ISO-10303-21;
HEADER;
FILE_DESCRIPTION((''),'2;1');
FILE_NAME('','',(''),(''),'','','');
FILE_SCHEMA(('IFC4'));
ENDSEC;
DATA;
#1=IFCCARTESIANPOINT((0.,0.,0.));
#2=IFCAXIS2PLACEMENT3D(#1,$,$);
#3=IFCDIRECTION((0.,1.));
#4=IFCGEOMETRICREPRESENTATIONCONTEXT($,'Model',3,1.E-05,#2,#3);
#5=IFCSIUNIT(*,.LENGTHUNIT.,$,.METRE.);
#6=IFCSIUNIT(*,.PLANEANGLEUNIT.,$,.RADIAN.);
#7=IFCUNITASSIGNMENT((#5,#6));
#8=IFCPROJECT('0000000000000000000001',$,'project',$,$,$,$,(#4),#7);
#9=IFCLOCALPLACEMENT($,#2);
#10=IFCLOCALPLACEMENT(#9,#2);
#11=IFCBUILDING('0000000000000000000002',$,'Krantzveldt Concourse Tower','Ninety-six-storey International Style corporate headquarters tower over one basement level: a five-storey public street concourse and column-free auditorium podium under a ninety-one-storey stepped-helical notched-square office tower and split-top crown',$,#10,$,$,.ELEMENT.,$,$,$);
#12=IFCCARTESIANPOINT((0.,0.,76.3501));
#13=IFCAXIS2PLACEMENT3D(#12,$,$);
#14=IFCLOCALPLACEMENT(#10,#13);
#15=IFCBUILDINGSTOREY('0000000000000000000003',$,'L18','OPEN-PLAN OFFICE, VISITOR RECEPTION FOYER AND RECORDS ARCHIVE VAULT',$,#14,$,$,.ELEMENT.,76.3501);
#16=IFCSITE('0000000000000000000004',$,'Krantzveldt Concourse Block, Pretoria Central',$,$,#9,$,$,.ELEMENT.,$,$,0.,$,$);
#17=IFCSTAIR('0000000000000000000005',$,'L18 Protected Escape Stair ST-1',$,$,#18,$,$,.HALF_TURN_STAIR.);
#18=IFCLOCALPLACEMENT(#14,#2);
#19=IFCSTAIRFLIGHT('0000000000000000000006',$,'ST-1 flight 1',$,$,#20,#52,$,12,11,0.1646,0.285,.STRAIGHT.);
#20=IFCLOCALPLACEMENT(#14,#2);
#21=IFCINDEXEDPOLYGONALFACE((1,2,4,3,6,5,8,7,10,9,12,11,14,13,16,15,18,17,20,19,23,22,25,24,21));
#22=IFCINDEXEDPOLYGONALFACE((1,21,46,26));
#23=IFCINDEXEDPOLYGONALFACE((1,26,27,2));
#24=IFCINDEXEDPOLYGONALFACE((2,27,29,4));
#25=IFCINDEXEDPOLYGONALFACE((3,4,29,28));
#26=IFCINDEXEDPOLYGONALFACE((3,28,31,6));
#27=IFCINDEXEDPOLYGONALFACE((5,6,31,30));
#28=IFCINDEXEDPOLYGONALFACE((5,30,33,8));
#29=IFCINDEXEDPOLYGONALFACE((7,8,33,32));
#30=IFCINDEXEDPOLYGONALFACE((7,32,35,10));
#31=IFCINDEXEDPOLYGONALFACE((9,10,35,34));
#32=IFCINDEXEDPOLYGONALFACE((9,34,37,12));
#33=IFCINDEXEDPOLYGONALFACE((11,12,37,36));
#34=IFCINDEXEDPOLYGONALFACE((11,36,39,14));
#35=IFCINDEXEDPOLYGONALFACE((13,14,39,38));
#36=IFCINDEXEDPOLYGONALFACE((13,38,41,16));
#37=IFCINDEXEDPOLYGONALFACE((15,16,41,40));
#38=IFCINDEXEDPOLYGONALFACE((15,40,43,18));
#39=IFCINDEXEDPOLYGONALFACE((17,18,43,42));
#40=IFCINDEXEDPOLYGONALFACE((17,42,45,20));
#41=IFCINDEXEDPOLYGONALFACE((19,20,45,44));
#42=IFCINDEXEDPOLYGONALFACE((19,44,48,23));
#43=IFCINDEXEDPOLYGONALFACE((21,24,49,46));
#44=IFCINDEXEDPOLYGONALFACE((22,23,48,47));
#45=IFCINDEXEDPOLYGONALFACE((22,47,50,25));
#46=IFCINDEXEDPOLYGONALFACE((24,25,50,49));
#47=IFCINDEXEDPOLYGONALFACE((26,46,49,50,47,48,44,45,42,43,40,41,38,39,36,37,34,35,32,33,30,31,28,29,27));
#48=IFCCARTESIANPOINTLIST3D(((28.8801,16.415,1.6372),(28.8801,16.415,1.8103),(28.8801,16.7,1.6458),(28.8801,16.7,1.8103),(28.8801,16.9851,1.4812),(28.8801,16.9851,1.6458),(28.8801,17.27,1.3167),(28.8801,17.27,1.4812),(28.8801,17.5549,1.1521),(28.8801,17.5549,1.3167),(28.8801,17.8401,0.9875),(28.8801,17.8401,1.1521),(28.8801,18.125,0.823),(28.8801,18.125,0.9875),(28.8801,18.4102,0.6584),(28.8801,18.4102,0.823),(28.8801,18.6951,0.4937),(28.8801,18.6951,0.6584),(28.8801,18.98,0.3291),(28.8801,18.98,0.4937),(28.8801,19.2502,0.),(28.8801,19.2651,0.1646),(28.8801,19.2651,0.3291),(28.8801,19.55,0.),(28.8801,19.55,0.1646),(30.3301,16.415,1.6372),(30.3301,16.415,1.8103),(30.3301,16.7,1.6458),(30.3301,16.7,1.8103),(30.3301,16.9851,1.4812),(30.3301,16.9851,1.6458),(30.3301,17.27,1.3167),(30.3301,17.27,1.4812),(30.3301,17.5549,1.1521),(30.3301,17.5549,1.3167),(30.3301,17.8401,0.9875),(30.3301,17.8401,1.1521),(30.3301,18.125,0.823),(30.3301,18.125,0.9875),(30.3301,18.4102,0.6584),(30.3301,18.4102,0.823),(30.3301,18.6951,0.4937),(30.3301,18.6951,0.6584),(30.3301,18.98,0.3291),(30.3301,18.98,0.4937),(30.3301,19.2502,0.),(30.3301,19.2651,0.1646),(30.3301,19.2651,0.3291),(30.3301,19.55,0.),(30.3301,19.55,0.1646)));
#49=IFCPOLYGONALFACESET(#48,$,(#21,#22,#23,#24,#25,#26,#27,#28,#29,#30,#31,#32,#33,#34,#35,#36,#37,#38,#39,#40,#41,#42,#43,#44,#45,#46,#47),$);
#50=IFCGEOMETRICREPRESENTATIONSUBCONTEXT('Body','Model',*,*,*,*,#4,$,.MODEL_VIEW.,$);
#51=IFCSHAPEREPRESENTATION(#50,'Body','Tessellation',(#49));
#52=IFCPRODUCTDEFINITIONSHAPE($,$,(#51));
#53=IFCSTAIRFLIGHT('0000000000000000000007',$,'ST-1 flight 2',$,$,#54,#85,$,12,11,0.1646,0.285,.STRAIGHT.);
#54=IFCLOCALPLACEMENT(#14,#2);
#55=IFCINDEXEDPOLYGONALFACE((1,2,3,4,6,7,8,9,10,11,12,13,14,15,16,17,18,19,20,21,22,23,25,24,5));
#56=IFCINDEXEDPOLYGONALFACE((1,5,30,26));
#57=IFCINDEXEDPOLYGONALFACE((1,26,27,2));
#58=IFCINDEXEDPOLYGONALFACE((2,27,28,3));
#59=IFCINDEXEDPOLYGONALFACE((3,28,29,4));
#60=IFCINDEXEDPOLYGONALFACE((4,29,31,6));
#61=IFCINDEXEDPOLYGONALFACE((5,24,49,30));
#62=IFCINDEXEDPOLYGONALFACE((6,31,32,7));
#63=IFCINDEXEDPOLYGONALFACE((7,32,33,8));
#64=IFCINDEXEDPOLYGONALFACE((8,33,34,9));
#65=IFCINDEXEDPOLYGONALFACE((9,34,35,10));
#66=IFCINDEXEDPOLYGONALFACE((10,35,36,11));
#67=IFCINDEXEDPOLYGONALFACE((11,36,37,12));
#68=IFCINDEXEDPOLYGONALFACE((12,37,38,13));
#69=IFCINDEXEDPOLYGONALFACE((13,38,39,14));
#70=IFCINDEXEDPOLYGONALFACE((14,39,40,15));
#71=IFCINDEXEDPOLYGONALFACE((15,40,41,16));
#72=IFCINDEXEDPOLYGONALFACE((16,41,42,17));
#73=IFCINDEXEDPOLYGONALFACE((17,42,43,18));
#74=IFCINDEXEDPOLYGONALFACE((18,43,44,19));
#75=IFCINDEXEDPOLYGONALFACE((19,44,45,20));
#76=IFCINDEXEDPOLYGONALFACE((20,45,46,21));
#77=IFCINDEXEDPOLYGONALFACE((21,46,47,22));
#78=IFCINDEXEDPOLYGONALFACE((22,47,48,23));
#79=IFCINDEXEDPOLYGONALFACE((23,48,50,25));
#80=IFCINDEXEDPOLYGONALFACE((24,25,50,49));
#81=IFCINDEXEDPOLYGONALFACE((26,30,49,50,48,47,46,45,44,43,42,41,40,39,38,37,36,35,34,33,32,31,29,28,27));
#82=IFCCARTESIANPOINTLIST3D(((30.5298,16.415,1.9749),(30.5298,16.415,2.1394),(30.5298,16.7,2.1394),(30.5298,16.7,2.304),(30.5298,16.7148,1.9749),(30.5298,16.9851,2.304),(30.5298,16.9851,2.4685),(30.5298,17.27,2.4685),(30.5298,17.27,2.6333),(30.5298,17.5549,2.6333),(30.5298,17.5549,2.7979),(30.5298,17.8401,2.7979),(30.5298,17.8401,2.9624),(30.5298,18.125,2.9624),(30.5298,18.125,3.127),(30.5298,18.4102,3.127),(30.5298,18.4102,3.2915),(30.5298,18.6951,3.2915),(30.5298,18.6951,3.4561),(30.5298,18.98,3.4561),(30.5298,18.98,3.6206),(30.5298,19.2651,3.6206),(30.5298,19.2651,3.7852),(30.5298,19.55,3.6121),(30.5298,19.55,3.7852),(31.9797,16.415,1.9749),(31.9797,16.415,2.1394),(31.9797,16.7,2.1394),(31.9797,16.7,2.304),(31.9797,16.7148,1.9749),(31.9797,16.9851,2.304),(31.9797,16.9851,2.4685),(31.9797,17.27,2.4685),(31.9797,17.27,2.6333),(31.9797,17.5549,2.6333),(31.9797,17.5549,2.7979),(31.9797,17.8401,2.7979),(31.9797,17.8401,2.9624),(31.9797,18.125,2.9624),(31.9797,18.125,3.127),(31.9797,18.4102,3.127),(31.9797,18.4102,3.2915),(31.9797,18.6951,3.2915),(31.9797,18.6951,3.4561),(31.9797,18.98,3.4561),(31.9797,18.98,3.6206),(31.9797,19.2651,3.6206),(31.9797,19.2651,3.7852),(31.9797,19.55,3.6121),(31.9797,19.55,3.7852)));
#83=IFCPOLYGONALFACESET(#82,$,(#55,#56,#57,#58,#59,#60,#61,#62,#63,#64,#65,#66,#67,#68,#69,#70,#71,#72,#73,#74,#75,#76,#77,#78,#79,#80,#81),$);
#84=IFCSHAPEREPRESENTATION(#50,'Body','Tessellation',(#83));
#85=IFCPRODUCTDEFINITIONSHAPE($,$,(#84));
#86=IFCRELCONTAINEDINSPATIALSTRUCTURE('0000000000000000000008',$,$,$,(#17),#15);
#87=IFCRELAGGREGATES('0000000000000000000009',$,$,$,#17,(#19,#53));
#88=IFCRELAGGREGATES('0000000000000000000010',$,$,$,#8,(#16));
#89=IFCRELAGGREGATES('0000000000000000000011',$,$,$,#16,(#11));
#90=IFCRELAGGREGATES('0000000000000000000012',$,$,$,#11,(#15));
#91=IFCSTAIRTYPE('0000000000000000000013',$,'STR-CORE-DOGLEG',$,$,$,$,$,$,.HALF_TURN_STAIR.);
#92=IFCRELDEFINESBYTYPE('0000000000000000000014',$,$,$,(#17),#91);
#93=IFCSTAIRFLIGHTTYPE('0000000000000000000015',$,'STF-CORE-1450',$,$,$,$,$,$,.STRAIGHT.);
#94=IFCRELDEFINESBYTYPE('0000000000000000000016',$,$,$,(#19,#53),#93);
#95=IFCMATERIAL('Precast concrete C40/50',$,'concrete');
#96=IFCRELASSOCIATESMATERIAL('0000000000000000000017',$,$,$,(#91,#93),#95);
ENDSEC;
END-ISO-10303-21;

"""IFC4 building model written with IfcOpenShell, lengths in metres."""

from ifc_helpers import new_model, si_unit, direction, frame, origin, place, context, subcontext, project, spatial, polyline, outline, extrude, material, type_object, element, aggregate, save


model = new_model("IFC4")

# Units and contexts
model_context = context("Model", 3, precision=1e-05, world=origin(), true_north=direction((0.0, 1.0)))
body_context = subcontext(model_context, "Body", "Model", "MODEL_VIEW")
ifc_project = project(units=[si_unit("LENGTHUNIT", "METRE"), si_unit("PLANEANGLEUNIT", "RADIAN")], contexts=[model_context])

# Site, building, storey
site_placement = place(None, origin())
site = spatial("IfcSite", under=ifc_project, at=site_placement, Name="Krantzveldt Concourse Block, Pretoria Central", CompositionType="ELEMENT", RefElevation=0.0)
building_placement = place(site_placement, origin())
building = spatial("IfcBuilding", under=site, at=building_placement, Name="Krantzveldt Concourse Tower", Description="Ninety-six-storey International Style corporate headquarters tower over one basement level: a five-storey public street concourse and column-free auditorium podium under a ninety-one-storey stepped-helical notched-square office tower and split-top crown", CompositionType="ELEMENT")
storey_placement = place(building_placement, frame((0.0, 0.0, 76.3501)))
storey = spatial("IfcBuildingStorey", under=building, at=storey_placement, Name="L18", Description="OPEN-PLAN OFFICE, VISITOR RECEPTION FOYER AND RECORDS ARCHIVE VAULT", CompositionType="ELEMENT", Elevation=76.3501)

# Stair, stair flights
ifc_material_1 = material(Name="Precast concrete C40/50", Category="concrete")
stair_type = type_object("IfcStairType", Name="STR-CORE-DOGLEG", PredefinedType="HALF_TURN_STAIR", material=ifc_material_1)
stair_placement = place(storey_placement, origin())
stair = element("IfcStair", 1, at=stair_placement, inside=storey, type_object=stair_type, Name="L18 Protected Escape Stair ST-1", PredefinedType="HALF_TURN_STAIR")
stair_flight_type = type_object("IfcStairFlightType", Name="STF-CORE-1450", PredefinedType="STRAIGHT", material=ifc_material_1)
stair_flight_1_placement = place(storey_placement, frame((29.605, 19.55, 0.0), z_axis=(0.0, 0.0, 1.0), x_axis=(0.0, -1.0, 0.0)))
stair_flight_1 = element("IfcStairFlight", 2, at=stair_flight_1_placement, type_object=stair_flight_type, Name="ST-1 flight 1", NumberOfRisers=12, NumberOfTreads=11, PredefinedType="STRAIGHT", RiserHeight=0.1646, TreadLength=0.285, context=body_context, shape_type="SweptSolid", body=[
    extrude(outline(polyline([(0.0, 0.0), (0.0, 0.1646), (0.2849, 0.1646), (0.2849, 0.3291), (0.5701, 0.3291), (0.5701, 0.4937), (0.855, 0.4937), (0.855, 0.6584), (1.1399, 0.6584), (1.1399, 0.823), (1.425, 0.823), (1.425, 0.9875), (1.71, 0.9875), (1.71, 1.1521), (1.9951, 1.1521), (1.9951, 1.3167), (2.28, 1.3167), (2.28, 1.4812), (2.5649, 1.4812), (2.5649, 1.6458), (2.8501, 1.6458), (2.8501, 1.8103), (3.135, 1.8103), (3.135, 1.9751), (3.135, 1.6372), (0.2998, 0.0), (0.0, 0.0)])), frame((0.0, 0.7251, 0.0), z_axis=(0.0, -1.0, 0.0), x_axis=(1.0, 0.0, 0.0)), (0.0, 0.0, 1.0), 1.45),
])
stair_flight_2_placement = place(storey_placement, frame((31.2549, 16.415, 1.9749), z_axis=(0.0, 0.0, 1.0), x_axis=(0.0, 1.0, 0.0)))
stair_flight_2 = element("IfcStairFlight", 3, at=stair_flight_2_placement, type_object=stair_flight_type, Name="ST-1 flight 2", NumberOfRisers=12, NumberOfTreads=11, PredefinedType="STRAIGHT", RiserHeight=0.1646, TreadLength=0.285, context=body_context, shape_type="SweptSolid", body=[
    extrude(outline(polyline([(0.0, 0.0), (0.0, 0.1646), (0.2849, 0.1646), (0.2849, 0.3291), (0.5701, 0.3291), (0.5701, 0.4937), (0.855, 0.4937), (0.855, 0.6584), (1.1399, 0.6584), (1.1399, 0.823), (1.425, 0.823), (1.425, 0.9875), (1.71, 0.9875), (1.71, 1.1521), (1.9951, 1.1521), (1.9951, 1.3167), (2.28, 1.3167), (2.28, 1.4812), (2.5649, 1.4812), (2.5649, 1.6458), (2.8501, 1.6458), (2.8501, 1.8103), (3.135, 1.8103), (3.135, 1.9751), (3.135, 1.6372), (0.2998, 0.0), (0.0, 0.0)])), frame((0.0, 0.7251, 0.0), z_axis=(0.0, -1.0, 0.0), x_axis=(1.0, 0.0, 0.0)), (0.0, 0.0, 1.0), 1.45),
])
aggregate(stair, [stair_flight_1, stair_flight_2])

save(model, "model.ifc")
